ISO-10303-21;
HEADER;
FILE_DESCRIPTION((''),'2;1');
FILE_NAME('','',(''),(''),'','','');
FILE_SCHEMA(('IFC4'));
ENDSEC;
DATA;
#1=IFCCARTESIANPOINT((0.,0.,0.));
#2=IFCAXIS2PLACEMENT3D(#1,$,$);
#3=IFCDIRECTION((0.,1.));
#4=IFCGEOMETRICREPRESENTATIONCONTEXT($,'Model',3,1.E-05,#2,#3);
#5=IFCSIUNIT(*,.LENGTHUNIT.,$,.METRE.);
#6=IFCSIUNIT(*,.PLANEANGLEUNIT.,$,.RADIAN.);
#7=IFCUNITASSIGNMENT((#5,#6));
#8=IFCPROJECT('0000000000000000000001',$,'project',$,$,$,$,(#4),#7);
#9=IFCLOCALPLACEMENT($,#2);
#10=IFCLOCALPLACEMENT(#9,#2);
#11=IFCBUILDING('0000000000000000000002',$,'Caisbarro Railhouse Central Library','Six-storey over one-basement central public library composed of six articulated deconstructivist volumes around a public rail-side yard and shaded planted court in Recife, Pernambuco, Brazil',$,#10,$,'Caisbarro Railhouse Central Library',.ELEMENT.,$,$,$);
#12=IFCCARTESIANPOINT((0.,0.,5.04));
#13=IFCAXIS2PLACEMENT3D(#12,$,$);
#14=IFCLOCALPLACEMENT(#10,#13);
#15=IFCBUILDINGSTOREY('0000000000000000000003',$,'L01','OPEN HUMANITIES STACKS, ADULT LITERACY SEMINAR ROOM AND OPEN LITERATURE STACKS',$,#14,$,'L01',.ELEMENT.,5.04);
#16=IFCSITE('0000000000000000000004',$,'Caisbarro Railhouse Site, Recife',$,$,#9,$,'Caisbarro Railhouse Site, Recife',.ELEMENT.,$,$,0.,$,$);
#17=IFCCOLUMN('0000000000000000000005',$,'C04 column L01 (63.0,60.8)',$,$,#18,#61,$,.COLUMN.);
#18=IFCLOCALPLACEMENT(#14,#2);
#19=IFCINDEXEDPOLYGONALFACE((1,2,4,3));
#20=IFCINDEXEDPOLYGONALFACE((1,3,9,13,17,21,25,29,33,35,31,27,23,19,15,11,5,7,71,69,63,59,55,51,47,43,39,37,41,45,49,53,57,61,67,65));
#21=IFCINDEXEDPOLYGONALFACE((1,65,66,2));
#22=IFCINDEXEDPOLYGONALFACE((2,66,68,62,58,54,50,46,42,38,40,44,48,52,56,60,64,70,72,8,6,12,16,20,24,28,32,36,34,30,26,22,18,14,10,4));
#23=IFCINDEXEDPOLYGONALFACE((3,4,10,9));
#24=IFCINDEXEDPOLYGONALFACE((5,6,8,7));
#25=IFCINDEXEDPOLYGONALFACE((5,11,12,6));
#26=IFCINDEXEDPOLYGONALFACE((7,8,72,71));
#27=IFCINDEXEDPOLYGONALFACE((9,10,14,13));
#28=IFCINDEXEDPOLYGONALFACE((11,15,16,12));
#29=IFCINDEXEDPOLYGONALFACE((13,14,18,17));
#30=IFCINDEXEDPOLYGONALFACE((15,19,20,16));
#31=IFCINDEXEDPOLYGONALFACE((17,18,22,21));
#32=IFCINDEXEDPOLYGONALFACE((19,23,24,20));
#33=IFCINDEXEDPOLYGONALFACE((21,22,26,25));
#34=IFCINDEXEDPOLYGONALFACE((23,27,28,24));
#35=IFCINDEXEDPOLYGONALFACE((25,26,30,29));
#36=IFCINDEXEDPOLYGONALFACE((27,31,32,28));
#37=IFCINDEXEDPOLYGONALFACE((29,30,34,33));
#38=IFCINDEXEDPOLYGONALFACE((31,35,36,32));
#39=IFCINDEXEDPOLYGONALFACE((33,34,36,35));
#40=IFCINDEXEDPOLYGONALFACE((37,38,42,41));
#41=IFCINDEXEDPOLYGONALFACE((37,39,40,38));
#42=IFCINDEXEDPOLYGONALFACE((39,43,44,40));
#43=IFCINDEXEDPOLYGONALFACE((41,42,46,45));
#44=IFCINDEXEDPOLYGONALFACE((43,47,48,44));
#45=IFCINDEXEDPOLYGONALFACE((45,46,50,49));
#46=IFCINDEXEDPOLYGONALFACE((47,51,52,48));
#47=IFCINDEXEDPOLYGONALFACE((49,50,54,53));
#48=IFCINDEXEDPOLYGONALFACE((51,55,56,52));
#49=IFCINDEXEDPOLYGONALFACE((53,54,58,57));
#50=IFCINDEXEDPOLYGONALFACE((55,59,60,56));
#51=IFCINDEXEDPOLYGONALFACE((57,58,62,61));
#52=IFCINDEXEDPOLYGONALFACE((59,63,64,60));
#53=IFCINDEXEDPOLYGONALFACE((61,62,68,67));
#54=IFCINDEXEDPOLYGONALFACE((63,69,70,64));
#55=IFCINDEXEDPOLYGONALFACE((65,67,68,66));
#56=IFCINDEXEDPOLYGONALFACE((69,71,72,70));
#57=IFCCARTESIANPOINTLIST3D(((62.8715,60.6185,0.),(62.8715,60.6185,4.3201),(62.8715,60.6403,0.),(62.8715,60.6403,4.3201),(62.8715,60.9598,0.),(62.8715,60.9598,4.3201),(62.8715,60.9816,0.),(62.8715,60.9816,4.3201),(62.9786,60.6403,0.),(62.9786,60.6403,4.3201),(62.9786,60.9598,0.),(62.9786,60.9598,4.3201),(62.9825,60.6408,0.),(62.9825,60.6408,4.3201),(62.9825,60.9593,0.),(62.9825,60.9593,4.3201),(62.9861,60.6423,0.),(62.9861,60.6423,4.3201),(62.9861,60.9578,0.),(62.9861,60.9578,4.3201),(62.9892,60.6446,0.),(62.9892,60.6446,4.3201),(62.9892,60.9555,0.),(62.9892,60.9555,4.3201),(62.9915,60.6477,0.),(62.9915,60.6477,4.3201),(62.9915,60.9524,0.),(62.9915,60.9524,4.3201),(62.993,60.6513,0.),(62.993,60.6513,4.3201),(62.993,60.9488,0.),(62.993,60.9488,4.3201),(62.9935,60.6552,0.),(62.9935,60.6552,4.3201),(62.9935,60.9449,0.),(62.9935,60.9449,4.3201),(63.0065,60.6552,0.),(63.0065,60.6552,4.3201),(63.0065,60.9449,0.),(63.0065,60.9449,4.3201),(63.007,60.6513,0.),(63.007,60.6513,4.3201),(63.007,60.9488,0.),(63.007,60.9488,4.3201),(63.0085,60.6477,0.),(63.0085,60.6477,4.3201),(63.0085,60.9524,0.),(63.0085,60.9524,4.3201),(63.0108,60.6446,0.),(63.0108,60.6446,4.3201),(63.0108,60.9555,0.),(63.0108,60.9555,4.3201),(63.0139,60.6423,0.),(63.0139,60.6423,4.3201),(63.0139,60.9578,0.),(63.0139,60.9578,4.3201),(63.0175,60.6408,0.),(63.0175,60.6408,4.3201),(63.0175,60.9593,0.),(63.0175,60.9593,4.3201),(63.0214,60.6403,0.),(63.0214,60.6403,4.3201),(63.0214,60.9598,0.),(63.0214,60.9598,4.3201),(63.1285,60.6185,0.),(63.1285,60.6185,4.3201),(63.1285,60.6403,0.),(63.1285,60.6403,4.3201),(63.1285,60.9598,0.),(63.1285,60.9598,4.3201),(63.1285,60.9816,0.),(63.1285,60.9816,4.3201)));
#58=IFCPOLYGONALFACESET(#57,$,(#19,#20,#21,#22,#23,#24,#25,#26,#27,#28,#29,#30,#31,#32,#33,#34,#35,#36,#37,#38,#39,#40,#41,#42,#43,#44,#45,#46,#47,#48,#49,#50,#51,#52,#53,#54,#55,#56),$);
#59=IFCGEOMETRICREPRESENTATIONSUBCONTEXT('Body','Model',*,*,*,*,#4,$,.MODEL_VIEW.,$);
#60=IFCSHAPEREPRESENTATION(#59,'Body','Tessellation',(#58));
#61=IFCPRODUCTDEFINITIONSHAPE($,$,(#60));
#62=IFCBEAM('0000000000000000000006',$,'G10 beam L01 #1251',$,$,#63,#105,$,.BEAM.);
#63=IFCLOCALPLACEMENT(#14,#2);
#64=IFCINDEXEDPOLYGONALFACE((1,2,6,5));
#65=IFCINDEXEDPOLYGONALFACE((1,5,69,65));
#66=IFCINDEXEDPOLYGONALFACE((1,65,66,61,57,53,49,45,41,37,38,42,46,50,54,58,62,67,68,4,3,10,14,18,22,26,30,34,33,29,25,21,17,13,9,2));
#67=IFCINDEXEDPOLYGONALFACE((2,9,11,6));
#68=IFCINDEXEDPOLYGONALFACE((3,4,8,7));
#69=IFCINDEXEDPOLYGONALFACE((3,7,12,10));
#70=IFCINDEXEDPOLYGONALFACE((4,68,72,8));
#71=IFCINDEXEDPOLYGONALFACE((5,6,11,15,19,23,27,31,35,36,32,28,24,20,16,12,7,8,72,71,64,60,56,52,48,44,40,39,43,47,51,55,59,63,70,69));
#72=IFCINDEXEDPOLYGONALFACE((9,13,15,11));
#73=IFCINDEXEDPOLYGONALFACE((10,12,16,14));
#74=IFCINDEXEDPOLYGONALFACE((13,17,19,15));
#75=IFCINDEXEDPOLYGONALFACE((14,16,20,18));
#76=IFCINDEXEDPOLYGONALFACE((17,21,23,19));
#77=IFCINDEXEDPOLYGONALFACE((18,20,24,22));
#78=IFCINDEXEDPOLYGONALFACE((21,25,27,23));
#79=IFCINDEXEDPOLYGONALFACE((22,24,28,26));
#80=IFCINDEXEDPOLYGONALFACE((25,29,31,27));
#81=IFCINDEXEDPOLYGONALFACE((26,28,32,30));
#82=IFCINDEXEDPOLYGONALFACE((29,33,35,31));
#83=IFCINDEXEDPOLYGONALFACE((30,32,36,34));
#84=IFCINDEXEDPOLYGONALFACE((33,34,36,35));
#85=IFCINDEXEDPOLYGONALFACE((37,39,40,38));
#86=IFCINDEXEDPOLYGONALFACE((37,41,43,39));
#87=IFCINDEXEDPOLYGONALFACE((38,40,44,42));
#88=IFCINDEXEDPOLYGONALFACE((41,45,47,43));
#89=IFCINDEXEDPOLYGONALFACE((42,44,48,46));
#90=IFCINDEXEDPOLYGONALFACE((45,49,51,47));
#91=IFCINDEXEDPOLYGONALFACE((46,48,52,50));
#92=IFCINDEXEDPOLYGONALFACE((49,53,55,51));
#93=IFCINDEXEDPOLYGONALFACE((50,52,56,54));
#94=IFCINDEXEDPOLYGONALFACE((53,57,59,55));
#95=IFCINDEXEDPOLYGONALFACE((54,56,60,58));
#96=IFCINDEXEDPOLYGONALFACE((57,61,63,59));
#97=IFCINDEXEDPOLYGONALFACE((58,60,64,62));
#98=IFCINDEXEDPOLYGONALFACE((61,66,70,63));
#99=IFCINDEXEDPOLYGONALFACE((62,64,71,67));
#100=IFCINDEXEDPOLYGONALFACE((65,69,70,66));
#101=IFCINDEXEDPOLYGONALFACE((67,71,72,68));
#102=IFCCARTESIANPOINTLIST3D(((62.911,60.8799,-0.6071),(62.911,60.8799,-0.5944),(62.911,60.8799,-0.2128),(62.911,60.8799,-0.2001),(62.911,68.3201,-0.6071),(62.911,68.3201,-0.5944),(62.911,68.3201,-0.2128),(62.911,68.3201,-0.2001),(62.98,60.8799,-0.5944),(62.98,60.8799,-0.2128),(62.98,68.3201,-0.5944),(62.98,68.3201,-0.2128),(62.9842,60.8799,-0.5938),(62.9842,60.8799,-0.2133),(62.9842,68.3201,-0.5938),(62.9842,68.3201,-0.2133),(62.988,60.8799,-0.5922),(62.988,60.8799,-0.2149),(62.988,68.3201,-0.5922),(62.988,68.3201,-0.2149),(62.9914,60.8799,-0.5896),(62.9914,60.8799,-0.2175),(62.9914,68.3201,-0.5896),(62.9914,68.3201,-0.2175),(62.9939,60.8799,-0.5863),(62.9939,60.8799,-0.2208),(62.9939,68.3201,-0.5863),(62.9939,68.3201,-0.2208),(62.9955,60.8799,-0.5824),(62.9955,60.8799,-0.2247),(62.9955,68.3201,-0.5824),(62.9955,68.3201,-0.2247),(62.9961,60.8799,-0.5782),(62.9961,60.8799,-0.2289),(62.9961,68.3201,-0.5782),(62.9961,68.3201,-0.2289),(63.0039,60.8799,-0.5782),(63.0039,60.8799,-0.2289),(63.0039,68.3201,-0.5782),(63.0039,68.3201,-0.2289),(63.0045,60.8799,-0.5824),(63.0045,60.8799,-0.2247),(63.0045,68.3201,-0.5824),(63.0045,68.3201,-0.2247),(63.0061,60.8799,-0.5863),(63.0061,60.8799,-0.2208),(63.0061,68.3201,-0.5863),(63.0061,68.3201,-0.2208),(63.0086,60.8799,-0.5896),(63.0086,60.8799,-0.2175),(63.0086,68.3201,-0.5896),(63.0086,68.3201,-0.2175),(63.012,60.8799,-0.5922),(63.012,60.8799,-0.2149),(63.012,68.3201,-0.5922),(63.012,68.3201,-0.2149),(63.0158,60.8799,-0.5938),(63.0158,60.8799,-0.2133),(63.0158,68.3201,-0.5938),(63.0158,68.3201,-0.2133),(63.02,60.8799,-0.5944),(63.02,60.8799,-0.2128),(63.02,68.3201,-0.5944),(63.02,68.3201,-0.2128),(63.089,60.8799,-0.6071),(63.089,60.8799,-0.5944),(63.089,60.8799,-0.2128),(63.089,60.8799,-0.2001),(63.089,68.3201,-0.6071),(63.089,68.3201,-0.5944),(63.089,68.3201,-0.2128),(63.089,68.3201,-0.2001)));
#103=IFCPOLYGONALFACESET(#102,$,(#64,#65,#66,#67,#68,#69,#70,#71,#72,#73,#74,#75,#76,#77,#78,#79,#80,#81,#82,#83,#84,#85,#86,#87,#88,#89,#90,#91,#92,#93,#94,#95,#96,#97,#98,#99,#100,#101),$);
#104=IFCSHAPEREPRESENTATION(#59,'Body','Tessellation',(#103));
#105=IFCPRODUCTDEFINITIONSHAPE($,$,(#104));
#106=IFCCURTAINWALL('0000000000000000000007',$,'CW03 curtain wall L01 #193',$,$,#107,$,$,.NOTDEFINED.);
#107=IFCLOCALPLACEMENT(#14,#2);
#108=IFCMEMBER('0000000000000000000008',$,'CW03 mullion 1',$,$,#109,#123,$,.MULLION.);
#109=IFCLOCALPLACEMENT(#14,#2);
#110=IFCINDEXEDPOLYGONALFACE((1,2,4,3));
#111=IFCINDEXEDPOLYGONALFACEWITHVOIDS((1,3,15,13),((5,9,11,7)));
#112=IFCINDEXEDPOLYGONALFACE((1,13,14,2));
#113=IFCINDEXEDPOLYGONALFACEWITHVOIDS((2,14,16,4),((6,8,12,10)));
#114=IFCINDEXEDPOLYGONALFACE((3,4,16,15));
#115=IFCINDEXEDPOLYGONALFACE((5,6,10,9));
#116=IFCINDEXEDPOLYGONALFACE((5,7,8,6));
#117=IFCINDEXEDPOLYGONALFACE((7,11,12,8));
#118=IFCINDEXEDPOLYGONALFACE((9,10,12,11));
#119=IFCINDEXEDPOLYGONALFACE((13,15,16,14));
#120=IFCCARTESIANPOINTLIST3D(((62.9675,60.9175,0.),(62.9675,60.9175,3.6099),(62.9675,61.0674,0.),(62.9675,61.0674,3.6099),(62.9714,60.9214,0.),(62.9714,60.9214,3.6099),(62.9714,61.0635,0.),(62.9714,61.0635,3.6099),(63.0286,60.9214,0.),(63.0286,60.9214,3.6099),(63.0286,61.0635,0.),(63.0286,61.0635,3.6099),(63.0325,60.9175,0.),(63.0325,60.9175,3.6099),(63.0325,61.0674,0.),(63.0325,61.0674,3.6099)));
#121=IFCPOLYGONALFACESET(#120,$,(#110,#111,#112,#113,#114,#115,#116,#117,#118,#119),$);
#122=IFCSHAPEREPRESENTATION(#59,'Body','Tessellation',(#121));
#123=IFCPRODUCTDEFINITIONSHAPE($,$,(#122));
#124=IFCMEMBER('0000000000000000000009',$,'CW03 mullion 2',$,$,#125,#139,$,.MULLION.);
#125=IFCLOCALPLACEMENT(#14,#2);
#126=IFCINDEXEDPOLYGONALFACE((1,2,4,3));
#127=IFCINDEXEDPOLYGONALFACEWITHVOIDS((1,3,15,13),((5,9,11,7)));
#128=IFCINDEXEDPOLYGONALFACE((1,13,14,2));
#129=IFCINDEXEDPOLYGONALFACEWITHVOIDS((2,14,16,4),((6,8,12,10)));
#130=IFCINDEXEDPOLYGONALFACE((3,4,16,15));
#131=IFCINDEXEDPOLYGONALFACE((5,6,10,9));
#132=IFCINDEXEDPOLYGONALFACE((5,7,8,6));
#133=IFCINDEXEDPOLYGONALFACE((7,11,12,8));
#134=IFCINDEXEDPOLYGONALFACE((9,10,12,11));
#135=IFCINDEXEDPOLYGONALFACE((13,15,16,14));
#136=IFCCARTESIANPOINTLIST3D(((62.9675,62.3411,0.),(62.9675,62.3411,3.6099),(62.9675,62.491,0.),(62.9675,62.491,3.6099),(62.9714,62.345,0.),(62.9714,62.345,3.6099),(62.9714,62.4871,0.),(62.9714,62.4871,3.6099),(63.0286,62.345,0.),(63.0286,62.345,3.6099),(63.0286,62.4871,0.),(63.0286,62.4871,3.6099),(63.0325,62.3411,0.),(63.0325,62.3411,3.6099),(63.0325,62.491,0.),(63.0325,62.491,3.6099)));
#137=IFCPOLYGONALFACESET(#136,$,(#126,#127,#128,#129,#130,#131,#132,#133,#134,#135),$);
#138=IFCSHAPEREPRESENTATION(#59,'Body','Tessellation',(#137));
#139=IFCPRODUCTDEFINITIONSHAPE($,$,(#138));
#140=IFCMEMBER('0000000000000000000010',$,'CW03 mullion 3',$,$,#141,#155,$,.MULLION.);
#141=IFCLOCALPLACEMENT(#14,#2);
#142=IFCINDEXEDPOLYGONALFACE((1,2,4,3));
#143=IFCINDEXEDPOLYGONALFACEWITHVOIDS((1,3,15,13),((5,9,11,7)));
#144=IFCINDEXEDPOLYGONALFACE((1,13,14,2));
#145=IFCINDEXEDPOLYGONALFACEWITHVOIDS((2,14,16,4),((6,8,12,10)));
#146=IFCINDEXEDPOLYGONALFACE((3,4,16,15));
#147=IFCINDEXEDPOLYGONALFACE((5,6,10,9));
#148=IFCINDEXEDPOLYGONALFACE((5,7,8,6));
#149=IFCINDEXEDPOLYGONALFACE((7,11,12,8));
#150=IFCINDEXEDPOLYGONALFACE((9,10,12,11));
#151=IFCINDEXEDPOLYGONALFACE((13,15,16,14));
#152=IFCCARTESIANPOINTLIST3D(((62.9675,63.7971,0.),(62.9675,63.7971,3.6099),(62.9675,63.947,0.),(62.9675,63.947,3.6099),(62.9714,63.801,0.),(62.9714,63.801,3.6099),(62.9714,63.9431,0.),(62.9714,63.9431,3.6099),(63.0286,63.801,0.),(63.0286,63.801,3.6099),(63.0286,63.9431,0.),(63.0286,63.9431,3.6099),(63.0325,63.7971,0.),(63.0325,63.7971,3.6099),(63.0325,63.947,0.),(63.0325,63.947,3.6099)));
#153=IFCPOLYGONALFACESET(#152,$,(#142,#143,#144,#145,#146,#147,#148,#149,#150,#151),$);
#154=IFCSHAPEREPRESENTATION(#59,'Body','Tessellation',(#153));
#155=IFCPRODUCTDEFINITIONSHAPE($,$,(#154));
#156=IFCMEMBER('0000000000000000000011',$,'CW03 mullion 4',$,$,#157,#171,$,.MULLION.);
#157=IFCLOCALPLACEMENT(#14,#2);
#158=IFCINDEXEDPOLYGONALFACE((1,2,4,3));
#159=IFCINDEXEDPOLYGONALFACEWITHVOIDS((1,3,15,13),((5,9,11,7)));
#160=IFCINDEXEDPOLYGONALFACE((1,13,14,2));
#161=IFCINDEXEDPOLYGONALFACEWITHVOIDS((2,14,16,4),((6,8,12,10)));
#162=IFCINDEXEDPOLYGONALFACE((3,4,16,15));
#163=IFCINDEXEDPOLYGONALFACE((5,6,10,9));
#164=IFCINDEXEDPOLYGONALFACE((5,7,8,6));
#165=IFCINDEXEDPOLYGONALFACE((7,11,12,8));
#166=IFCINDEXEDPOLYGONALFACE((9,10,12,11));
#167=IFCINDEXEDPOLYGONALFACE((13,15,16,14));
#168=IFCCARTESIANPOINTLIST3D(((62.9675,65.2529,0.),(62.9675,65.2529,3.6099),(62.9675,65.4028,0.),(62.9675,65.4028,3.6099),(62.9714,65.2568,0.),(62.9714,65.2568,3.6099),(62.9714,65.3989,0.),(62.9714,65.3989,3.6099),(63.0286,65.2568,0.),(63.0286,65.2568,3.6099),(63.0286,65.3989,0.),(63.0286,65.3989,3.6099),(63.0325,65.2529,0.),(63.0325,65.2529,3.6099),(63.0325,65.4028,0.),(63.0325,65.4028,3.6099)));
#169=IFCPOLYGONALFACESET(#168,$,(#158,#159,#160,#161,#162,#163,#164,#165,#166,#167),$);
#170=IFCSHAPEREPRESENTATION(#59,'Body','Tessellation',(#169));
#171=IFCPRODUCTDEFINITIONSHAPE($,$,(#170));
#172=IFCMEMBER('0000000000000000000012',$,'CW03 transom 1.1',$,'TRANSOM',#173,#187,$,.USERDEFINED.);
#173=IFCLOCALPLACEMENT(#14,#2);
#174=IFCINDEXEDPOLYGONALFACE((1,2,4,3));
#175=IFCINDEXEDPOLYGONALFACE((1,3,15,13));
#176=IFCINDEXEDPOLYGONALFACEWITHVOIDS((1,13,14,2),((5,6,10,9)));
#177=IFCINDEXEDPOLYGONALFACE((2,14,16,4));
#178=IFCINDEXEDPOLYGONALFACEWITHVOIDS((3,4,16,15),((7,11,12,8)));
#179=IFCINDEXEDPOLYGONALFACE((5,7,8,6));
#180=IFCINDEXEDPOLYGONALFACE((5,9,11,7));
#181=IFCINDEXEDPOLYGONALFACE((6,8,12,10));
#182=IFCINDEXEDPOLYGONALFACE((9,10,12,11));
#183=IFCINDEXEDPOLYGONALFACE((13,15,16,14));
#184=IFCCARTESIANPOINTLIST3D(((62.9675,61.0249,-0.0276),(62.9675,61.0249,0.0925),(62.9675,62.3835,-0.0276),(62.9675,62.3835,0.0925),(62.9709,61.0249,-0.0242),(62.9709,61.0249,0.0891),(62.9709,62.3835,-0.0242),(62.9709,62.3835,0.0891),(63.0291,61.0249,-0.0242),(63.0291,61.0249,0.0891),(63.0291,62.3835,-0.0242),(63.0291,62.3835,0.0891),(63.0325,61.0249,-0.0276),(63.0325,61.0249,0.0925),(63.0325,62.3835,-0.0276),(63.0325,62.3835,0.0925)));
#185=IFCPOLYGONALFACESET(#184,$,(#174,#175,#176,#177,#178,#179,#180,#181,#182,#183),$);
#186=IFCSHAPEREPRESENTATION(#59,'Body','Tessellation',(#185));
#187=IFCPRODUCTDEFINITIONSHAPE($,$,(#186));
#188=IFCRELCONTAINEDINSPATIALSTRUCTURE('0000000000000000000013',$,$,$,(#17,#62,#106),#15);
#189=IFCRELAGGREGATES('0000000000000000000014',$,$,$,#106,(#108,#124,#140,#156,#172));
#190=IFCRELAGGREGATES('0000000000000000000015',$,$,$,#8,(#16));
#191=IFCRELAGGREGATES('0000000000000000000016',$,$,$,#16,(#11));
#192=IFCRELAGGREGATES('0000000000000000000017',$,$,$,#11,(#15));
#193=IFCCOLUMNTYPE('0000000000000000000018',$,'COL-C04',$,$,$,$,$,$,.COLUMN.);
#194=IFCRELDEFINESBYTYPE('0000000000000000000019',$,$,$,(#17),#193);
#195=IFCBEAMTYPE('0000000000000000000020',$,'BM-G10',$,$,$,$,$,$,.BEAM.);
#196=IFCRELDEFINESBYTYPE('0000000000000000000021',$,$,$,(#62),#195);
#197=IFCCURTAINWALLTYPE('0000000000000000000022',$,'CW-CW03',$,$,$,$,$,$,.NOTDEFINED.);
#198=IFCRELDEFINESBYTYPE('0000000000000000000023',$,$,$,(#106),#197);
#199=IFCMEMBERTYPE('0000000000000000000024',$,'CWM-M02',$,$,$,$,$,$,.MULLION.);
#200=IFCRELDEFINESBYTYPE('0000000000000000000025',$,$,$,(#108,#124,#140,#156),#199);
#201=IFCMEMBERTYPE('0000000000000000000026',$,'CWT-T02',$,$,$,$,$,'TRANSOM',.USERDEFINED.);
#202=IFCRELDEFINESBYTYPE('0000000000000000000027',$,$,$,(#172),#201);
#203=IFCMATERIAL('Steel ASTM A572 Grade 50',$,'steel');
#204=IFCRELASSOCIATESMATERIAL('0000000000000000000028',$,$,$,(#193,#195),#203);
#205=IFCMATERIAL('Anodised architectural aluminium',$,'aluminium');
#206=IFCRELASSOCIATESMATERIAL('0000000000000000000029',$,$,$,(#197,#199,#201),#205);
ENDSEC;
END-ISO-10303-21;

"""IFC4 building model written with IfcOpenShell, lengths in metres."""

from ifc_helpers import new_model, si_unit, direction, frame, origin, origin_2d, place, context, subcontext, project, spatial, hollow_rectangle, i_section, extrude, material, material_profile, profile_set, type_object, element, aggregate, save


model = new_model("IFC4")

# Units and contexts
model_context = context("Model", 3, precision=1e-05, world=origin(), true_north=direction((0.0, 1.0)))
body_context = subcontext(model_context, "Body", "Model", "MODEL_VIEW")
ifc_project = project(units=[si_unit("LENGTHUNIT", "METRE"), si_unit("PLANEANGLEUNIT", "RADIAN")], contexts=[model_context])

# Site, building, storey
site_placement = place(None, origin())
site = spatial("IfcSite", under=ifc_project, at=site_placement, Name="Caisbarro Railhouse Site, Recife", LongName="Caisbarro Railhouse Site, Recife", CompositionType="ELEMENT", RefElevation=0.0)
building_placement = place(site_placement, origin())
building = spatial("IfcBuilding", under=site, at=building_placement, Name="Caisbarro Railhouse Central Library", Description="Six-storey over one-basement central public library composed of six articulated deconstructivist volumes around a public rail-side yard and shaded planted court in Recife, Pernambuco, Brazil", LongName="Caisbarro Railhouse Central Library", CompositionType="ELEMENT")
storey_placement = place(building_placement, frame((0.0, 0.0, 5.04)))
storey = spatial("IfcBuildingStorey", under=building, at=storey_placement, Name="L01", Description="OPEN HUMANITIES STACKS, ADULT LITERACY SEMINAR ROOM AND OPEN LITERATURE STACKS", LongName="L01", CompositionType="ELEMENT", Elevation=5.04)

# Column
ifc_material_1 = material(Name="Steel ASTM A572 Grade 50", Category="steel")
ifc_material_profile_1 = material_profile(ifc_material_1, i_section(OverallWidth=0.2571, OverallDepth=0.363, WebThickness=0.0129, FlangeThickness=0.0217, FilletRadius=0.0149, at=origin_2d()), Name="W360X122.0")
ifc_profile_set_1 = profile_set([ifc_material_profile_1], Name="Steel ASTM A572 Grade 50")
column_type = type_object("IfcColumnType", Name="COL-C04", PredefinedType="COLUMN", material=ifc_profile_set_1)
column_placement = place(storey_placement, frame((63.0, 60.8, 0.0), z_axis=(0.0, 0.0, 1.0), x_axis=(1.0, 0.0, 0.0)))
element("IfcColumn", 1, at=column_placement, inside=storey, type_object=column_type, Name="C04 column L01 (63.0,60.8)", PredefinedType="COLUMN", context=body_context, shape_type="SweptSolid", body=[
    extrude(i_section(OverallWidth=0.2571, OverallDepth=0.363, WebThickness=0.0129, FlangeThickness=0.0217, FilletRadius=0.0149, at=origin_2d()), origin(), (0.0, 0.0, 1.0), 4.3201),
])

# Beam
ifc_material_profile_2 = material_profile(ifc_material_1, i_section(OverallWidth=0.178, OverallDepth=0.407, WebThickness=0.0078, FlangeThickness=0.0127, FilletRadius=0.0161, at=origin_2d()), Name="W410X60.0")
ifc_profile_set_2 = profile_set([ifc_material_profile_2], Name="Steel ASTM A572 Grade 50")
beam_type = type_object("IfcBeamType", Name="BM-G10", PredefinedType="BEAM", material=ifc_profile_set_2)
beam_placement = place(storey_placement, frame((63.0, 60.8799, -0.4036), z_axis=(0.0, 1.0, 0.0), x_axis=(-1.0, 0.0, 0.0)))
element("IfcBeam", 2, at=beam_placement, inside=storey, type_object=beam_type, Name="G10 beam L01 #1251", PredefinedType="BEAM", context=body_context, shape_type="SweptSolid", body=[
    extrude(i_section(OverallWidth=0.178, OverallDepth=0.407, WebThickness=0.0078, FlangeThickness=0.0127, FilletRadius=0.0161, at=origin_2d()), origin(), (0.0, 0.0, 1.0), 7.4402),
])

# Curtain wall, members
ifc_material_2 = material(Name="Anodised architectural aluminium", Category="aluminium")
curtain_wall_type = type_object("IfcCurtainWallType", Name="CW-CW03", PredefinedType="NOTDEFINED", material=ifc_material_2)
curtain_wall_placement = place(storey_placement, origin())
curtain_wall = element("IfcCurtainWall", 3, at=curtain_wall_placement, inside=storey, type_object=curtain_wall_type, Name="CW03 curtain wall L01 #193", PredefinedType="NOTDEFINED")
ifc_material_profile_3 = material_profile(ifc_material_2, hollow_rectangle(XDim=0.0649, YDim=0.1499, WallThickness=0.0039, at=origin_2d()), Name="ALU-MUL-65X150")
ifc_profile_set_3 = profile_set([ifc_material_profile_3], Name="Anodised architectural aluminium")
member_type_1 = type_object("IfcMemberType", Name="CWM-M02", PredefinedType="MULLION", material=ifc_profile_set_3)
member_1_placement = place(storey_placement, frame((63.0, 60.9924, 0.0), z_axis=(0.0, 0.0, 1.0), x_axis=(-1.0, 0.0, 0.0)))
member_1 = element("IfcMember", 4, at=member_1_placement, type_object=member_type_1, Name="CW03 mullion 1", PredefinedType="MULLION", context=body_context, shape_type="SweptSolid", body=[
    extrude(hollow_rectangle(XDim=0.0649, YDim=0.1499, WallThickness=0.0039, at=origin_2d()), origin(), (0.0, 0.0, 1.0), 3.6099),
])
member_2_placement = place(storey_placement, frame((63.0, 62.416, 0.0), z_axis=(0.0, 0.0, 1.0), x_axis=(-1.0, 0.0, 0.0)))
member_2 = element("IfcMember", 5, at=member_2_placement, type_object=member_type_1, Name="CW03 mullion 2", PredefinedType="MULLION", context=body_context, shape_type="SweptSolid", body=[
    extrude(hollow_rectangle(XDim=0.0649, YDim=0.1499, WallThickness=0.0039, at=origin_2d()), origin(), (0.0, 0.0, 1.0), 3.6099),
])
member_3_placement = place(storey_placement, frame((63.0, 63.8721, 0.0), z_axis=(0.0, 0.0, 1.0), x_axis=(-1.0, 0.0, 0.0)))
member_3 = element("IfcMember", 6, at=member_3_placement, type_object=member_type_1, Name="CW03 mullion 3", PredefinedType="MULLION", context=body_context, shape_type="SweptSolid", body=[
    extrude(hollow_rectangle(XDim=0.0649, YDim=0.1499, WallThickness=0.0039, at=origin_2d()), origin(), (0.0, 0.0, 1.0), 3.6099),
])
member_4_placement = place(storey_placement, frame((63.0, 65.3279, 0.0), z_axis=(0.0, 0.0, 1.0), x_axis=(-1.0, 0.0, 0.0)))
member_4 = element("IfcMember", 7, at=member_4_placement, type_object=member_type_1, Name="CW03 mullion 4", PredefinedType="MULLION", context=body_context, shape_type="SweptSolid", body=[
    extrude(hollow_rectangle(XDim=0.0649, YDim=0.1499, WallThickness=0.0039, at=origin_2d()), origin(), (0.0, 0.0, 1.0), 3.6099),
])
ifc_material_profile_4 = material_profile(ifc_material_2, hollow_rectangle(XDim=0.0649, YDim=0.1201, WallThickness=0.0034, at=origin_2d()), Name="ALU-TRN-65X120")
ifc_profile_set_4 = profile_set([ifc_material_profile_4], Name="Anodised architectural aluminium")
member_type_2 = type_object("IfcMemberType", Name="CWT-T02", ElementType="TRANSOM", PredefinedType="USERDEFINED", material=ifc_profile_set_4)
member_5_placement = place(storey_placement, frame((63.0, 61.0249, 0.0325), z_axis=(0.0, 1.0, 0.0), x_axis=(-1.0, 0.0, 0.0)))
member_5 = element("IfcMember", 8, at=member_5_placement, type_object=member_type_2, Name="CW03 transom 1.1", ObjectType="TRANSOM", PredefinedType="USERDEFINED", context=body_context, shape_type="SweptSolid", body=[
    extrude(hollow_rectangle(XDim=0.0649, YDim=0.1201, WallThickness=0.0034, at=origin_2d()), origin(), (0.0, 0.0, 1.0), 1.3586),
])
aggregate(curtain_wall, [member_1, member_2, member_3, member_4, member_5])

save(model, "model.ifc")
